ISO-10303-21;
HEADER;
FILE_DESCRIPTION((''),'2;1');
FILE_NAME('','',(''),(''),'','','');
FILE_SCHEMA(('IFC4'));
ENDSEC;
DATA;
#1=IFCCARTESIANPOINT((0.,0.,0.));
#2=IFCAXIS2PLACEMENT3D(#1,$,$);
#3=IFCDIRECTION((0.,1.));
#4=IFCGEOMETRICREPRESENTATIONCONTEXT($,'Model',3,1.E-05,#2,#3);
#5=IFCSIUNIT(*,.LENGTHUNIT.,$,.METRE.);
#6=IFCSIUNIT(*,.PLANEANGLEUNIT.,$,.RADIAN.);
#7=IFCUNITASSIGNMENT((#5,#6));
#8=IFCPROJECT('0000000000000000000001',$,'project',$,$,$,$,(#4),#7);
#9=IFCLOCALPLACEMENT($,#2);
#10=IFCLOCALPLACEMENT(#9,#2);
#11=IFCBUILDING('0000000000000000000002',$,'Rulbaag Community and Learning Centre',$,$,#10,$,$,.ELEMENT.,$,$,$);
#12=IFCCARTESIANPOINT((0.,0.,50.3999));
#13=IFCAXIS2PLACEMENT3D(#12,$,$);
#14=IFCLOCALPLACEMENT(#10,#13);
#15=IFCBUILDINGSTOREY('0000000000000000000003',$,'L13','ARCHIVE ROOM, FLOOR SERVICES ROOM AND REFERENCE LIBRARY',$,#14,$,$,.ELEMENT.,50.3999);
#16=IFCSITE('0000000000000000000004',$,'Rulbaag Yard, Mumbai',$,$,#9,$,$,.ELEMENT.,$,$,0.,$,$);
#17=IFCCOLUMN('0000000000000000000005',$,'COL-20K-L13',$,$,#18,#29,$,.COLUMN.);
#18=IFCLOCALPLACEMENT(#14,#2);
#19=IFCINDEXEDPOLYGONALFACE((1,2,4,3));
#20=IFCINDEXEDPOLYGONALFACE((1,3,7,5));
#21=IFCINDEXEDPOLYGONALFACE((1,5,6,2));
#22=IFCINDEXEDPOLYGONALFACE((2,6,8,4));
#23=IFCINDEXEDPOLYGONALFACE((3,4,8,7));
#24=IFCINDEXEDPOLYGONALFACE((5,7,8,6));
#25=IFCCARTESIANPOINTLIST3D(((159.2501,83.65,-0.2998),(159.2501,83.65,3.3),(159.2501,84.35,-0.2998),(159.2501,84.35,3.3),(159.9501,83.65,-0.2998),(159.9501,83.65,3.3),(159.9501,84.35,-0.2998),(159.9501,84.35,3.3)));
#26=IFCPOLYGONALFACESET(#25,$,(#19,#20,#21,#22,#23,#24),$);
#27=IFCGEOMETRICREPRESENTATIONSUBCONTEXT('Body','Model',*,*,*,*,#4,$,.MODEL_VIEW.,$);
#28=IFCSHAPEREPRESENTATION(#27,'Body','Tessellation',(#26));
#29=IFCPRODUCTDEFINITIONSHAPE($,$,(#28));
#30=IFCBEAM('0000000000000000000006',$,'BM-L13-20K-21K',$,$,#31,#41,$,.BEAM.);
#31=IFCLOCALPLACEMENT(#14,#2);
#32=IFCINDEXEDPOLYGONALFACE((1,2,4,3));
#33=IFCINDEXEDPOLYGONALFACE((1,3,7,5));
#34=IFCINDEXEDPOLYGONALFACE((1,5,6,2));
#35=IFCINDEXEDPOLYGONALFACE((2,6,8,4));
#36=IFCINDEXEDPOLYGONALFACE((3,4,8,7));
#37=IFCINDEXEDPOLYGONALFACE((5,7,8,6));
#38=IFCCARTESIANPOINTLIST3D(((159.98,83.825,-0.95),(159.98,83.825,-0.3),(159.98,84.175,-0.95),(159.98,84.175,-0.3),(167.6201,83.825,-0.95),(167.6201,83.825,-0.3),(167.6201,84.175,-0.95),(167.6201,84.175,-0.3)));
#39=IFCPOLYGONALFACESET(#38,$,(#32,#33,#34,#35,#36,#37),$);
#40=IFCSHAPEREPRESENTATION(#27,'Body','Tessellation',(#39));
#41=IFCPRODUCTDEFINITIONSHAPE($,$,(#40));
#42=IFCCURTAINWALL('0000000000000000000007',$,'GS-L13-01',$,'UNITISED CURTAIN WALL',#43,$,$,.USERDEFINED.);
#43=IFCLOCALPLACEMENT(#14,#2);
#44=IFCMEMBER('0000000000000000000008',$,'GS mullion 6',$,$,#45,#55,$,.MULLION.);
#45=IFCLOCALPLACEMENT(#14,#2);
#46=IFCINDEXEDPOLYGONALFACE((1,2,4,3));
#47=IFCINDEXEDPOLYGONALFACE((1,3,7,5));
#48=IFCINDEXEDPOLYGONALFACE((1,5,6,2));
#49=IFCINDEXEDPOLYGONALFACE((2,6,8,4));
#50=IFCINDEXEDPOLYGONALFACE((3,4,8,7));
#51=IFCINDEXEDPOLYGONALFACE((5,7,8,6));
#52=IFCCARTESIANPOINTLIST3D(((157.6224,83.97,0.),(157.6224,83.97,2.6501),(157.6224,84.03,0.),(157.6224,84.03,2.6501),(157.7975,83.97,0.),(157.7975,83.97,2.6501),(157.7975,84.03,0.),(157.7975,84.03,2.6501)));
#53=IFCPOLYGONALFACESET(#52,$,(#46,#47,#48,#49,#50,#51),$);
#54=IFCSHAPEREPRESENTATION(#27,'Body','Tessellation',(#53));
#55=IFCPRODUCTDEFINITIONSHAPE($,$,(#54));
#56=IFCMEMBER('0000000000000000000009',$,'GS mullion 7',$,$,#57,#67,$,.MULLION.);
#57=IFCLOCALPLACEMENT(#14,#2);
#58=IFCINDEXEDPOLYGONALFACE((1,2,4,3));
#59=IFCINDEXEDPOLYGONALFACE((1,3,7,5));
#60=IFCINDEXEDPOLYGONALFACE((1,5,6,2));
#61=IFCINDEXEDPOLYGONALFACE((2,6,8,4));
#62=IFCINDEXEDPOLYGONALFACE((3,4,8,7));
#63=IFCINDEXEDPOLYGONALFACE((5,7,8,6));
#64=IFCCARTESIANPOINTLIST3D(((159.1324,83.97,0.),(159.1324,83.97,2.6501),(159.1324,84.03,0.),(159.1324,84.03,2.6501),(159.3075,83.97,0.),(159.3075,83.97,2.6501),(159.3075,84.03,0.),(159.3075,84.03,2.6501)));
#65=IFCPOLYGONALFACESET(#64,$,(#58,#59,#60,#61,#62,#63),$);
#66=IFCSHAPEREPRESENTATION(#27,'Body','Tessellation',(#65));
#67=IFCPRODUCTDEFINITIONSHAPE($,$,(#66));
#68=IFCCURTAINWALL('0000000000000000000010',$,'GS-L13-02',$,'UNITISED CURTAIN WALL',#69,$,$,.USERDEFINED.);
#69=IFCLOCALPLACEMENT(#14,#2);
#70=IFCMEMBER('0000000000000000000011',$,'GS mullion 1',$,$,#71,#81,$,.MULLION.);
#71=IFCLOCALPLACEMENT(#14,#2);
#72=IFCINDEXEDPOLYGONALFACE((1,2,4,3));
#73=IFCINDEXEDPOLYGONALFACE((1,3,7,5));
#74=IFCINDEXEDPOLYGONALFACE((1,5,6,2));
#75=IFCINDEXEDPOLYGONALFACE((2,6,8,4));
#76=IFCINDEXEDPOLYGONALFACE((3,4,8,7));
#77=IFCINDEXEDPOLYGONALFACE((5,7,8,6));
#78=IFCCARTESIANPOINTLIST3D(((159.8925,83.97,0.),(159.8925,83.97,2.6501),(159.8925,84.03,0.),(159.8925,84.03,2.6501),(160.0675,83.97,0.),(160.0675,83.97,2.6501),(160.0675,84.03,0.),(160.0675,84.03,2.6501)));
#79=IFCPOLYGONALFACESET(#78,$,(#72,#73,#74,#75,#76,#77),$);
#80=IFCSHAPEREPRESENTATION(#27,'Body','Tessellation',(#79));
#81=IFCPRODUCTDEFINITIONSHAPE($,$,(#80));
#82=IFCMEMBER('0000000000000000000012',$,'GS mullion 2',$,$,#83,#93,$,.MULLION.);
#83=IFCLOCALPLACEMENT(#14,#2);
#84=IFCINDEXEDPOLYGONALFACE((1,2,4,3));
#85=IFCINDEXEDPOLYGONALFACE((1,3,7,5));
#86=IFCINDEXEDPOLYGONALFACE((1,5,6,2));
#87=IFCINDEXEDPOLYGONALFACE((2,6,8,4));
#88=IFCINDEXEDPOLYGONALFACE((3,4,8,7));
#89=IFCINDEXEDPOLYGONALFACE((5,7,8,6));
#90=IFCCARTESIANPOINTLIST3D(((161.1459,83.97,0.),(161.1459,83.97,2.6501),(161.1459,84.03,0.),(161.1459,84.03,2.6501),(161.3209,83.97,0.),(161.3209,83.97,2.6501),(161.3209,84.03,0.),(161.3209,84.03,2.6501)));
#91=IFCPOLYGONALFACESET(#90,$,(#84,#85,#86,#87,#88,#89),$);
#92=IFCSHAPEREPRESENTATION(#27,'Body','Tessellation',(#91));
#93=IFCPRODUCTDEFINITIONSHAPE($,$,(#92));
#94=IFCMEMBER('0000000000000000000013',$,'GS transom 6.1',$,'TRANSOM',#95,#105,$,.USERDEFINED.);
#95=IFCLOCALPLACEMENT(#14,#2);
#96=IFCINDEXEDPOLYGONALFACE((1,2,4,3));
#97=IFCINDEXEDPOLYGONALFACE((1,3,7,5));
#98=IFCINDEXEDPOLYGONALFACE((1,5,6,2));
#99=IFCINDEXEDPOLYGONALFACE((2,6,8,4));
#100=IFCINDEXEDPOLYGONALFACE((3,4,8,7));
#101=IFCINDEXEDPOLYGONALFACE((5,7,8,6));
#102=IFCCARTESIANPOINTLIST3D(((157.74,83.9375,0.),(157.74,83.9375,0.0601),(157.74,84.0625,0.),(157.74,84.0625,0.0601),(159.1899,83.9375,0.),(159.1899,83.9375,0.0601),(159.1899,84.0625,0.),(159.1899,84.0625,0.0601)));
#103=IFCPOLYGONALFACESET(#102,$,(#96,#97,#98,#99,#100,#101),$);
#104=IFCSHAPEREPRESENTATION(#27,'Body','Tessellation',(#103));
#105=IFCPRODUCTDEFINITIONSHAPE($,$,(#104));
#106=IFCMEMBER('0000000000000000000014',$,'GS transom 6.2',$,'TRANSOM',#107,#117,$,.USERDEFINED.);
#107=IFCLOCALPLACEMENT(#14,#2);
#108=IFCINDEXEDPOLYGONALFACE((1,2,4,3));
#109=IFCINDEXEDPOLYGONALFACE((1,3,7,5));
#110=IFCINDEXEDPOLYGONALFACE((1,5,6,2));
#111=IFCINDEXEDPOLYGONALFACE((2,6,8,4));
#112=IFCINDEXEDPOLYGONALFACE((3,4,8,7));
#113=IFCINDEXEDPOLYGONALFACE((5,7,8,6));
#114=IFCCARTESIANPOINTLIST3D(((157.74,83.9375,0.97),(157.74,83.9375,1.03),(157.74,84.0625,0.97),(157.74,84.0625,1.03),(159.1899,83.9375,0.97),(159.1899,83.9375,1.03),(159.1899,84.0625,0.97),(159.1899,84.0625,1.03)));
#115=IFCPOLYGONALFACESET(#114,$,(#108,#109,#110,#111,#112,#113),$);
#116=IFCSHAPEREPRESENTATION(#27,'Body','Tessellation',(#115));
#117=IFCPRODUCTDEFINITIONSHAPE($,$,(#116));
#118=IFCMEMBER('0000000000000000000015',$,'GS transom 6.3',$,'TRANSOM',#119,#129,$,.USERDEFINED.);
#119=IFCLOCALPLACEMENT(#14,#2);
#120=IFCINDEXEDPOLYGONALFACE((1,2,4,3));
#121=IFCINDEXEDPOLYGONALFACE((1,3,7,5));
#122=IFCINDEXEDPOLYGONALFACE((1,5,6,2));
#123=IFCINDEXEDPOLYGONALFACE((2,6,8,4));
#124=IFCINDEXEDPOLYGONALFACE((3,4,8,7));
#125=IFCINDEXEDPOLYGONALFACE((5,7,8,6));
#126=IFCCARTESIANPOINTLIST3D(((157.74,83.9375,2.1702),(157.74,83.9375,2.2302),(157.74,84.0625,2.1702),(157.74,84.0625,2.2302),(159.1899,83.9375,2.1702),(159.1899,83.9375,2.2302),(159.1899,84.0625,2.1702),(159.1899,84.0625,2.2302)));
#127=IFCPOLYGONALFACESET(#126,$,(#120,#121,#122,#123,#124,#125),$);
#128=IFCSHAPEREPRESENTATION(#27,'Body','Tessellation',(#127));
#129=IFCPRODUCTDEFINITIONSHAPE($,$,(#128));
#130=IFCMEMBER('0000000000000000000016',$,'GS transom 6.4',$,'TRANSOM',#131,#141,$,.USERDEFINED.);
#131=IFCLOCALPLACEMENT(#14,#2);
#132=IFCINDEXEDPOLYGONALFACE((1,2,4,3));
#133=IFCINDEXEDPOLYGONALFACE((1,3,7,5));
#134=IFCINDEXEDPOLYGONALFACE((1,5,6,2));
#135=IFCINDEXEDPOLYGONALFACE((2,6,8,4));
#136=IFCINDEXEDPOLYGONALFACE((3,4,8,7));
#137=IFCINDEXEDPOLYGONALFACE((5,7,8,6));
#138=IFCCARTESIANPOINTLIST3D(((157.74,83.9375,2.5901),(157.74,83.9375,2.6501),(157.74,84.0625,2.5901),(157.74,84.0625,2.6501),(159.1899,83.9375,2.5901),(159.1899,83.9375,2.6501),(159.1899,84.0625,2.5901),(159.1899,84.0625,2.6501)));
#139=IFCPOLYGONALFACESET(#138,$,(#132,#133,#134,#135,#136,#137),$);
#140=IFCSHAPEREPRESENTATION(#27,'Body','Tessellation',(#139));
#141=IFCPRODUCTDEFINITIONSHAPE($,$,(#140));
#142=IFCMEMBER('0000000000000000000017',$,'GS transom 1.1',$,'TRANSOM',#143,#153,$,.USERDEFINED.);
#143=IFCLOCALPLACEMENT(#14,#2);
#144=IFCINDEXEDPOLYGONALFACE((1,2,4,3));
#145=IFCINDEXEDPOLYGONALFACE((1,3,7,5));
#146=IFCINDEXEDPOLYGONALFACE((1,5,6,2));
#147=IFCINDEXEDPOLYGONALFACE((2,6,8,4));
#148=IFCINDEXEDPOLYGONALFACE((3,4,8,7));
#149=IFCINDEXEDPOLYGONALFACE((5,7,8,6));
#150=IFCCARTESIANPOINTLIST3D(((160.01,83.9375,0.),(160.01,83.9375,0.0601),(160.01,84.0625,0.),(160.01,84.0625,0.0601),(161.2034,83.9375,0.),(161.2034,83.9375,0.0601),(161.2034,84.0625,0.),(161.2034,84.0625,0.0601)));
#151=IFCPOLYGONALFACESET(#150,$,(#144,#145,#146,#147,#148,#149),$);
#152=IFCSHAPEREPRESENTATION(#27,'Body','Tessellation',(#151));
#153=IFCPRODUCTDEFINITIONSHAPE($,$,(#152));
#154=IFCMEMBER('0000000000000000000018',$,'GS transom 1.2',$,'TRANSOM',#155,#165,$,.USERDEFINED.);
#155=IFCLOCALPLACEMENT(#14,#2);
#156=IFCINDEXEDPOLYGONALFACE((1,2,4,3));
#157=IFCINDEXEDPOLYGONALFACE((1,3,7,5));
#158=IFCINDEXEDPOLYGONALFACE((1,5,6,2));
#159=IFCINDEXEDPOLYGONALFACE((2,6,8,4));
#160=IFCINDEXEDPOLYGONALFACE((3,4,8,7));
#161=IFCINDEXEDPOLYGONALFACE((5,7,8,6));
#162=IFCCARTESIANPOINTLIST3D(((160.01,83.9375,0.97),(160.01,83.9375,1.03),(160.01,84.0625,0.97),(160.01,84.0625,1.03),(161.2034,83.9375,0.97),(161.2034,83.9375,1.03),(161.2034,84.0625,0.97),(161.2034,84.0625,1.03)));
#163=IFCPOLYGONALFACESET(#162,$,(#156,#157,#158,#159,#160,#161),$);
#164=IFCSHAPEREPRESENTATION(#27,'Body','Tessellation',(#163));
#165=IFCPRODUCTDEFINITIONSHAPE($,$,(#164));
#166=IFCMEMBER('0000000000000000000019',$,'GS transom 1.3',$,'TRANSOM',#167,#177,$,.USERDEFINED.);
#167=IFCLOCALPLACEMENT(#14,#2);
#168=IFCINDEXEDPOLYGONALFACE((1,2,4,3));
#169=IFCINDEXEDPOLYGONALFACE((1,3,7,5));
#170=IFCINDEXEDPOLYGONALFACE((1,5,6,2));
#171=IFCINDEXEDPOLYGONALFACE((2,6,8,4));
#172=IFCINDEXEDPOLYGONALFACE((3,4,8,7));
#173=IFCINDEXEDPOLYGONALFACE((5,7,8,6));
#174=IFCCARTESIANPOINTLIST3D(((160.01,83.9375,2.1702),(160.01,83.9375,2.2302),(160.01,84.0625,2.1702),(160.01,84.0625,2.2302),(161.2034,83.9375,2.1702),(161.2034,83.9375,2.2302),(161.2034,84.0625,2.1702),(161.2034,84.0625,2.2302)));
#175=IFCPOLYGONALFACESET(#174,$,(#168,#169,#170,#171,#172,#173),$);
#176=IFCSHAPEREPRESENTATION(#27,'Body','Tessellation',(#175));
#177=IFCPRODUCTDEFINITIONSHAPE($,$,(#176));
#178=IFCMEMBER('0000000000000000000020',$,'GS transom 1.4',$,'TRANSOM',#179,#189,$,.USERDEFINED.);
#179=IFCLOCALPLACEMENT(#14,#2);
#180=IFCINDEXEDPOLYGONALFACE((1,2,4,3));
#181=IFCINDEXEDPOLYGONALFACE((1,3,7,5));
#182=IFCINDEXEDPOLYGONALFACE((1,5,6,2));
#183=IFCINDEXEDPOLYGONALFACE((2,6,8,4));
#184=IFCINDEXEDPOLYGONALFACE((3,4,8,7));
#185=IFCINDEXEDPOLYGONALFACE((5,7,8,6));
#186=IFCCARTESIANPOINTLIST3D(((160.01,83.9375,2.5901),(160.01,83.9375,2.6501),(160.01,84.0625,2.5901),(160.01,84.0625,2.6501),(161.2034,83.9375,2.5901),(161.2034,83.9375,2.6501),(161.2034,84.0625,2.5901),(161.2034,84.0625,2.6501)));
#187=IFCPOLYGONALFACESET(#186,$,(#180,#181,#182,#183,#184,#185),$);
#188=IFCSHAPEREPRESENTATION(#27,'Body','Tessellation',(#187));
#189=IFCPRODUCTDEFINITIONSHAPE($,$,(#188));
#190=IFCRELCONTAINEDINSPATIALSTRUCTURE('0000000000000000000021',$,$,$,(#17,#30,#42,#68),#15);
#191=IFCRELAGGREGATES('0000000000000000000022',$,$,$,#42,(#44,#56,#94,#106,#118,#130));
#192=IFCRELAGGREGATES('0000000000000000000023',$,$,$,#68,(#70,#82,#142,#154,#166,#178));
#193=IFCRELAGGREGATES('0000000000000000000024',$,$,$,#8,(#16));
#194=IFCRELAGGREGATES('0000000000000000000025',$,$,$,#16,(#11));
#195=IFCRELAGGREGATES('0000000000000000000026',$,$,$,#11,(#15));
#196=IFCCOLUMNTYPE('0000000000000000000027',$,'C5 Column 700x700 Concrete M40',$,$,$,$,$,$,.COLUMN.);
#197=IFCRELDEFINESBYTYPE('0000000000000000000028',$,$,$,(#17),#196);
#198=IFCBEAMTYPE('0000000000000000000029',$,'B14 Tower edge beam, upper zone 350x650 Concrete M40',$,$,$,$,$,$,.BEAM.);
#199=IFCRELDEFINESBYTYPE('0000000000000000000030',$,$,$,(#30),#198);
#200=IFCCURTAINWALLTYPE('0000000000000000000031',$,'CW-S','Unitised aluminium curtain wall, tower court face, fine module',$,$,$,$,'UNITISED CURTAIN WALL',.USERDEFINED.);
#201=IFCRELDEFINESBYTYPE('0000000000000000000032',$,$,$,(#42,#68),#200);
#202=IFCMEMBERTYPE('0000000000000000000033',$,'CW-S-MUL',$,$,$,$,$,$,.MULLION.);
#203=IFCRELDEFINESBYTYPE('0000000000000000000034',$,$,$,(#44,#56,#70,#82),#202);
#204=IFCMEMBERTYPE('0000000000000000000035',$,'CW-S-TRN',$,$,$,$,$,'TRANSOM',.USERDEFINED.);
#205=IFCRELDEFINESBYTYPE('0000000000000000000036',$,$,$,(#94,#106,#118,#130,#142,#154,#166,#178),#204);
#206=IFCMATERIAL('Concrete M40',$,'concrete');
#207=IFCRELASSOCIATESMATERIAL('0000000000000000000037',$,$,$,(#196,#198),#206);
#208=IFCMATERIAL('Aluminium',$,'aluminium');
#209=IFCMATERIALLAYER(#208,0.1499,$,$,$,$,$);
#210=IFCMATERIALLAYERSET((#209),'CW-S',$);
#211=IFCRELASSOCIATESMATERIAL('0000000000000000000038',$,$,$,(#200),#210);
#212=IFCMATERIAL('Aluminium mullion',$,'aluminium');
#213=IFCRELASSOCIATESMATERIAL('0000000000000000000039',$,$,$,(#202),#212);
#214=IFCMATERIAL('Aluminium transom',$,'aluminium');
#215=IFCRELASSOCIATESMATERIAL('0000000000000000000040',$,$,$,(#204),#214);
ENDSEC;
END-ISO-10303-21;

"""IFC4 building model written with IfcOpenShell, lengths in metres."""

from ifc_helpers import new_model, si_unit, direction, frame, origin, origin_2d, place, context, subcontext, project, spatial, rectangle, extrude, material, layer, layer_set, material_profile, profile_set, type_object, element, aggregate, save


model = new_model("IFC4")

# Units and contexts
model_context = context("Model", 3, precision=1e-05, world=origin(), true_north=direction((0.0, 1.0)))
body_context = subcontext(model_context, "Body", "Model", "MODEL_VIEW")
ifc_project = project(units=[si_unit("LENGTHUNIT", "METRE"), si_unit("PLANEANGLEUNIT", "RADIAN")], contexts=[model_context])

# Site, building, storey
site_placement = place(None, origin())
site = spatial("IfcSite", under=ifc_project, at=site_placement, Name="Rulbaag Yard, Mumbai", CompositionType="ELEMENT", RefElevation=0.0)
building_placement = place(site_placement, origin())
building = spatial("IfcBuilding", under=site, at=building_placement, Name="Rulbaag Community and Learning Centre", CompositionType="ELEMENT")
storey_placement = place(building_placement, frame((0.0, 0.0, 50.3999)))
storey = spatial("IfcBuildingStorey", under=building, at=storey_placement, Name="L13", Description="ARCHIVE ROOM, FLOOR SERVICES ROOM AND REFERENCE LIBRARY", CompositionType="ELEMENT", Elevation=50.3999)

# Column
ifc_material_1 = material(Name="Concrete M40", Category="concrete")
ifc_material_profile_1 = material_profile(ifc_material_1, rectangle(XDim=0.7, YDim=0.7, at=origin_2d()), Name="RC700x700")
ifc_profile_set_1 = profile_set([ifc_material_profile_1], Name="Concrete M40")
column_type = type_object("IfcColumnType", Name="C5 Column 700x700 Concrete M40", PredefinedType="COLUMN", material=ifc_profile_set_1)
column_placement = place(storey_placement, frame((159.6001, 84.0, -0.2998), z_axis=(0.0, 0.0, 1.0), x_axis=(1.0, 0.0, 0.0)))
element("IfcColumn", 1, at=column_placement, inside=storey, type_object=column_type, Name="COL-20K-L13", PredefinedType="COLUMN", context=body_context, shape_type="SweptSolid", body=[
    extrude(rectangle(XDim=0.7, YDim=0.7, at=origin_2d()), origin(), (0.0, 0.0, 1.0), 3.5999),
])

# Beam
ifc_material_profile_2 = material_profile(ifc_material_1, rectangle(XDim=0.3501, YDim=0.6499, at=origin_2d()), Name="RB350x650")
ifc_profile_set_2 = profile_set([ifc_material_profile_2], Name="Concrete M40")
beam_type = type_object("IfcBeamType", Name="B14 Tower edge beam, upper zone 350x650 Concrete M40", PredefinedType="BEAM", material=ifc_profile_set_2)
beam_placement = place(storey_placement, frame((159.98, 84.0, -0.625), z_axis=(1.0, 0.0, 0.0), x_axis=(0.0, 1.0, 0.0)))
element("IfcBeam", 2, at=beam_placement, inside=storey, type_object=beam_type, Name="BM-L13-20K-21K", PredefinedType="BEAM", context=body_context, shape_type="SweptSolid", body=[
    extrude(rectangle(XDim=0.3501, YDim=0.6499, at=origin_2d()), origin(), (0.0, 0.0, 1.0), 7.6401),
])

# Curtain walls, members
ifc_material_2 = material(Name="Aluminium", Category="aluminium")
ifc_layer_1 = layer(ifc_material_2, 0.1499)
ifc_layer_set_1 = layer_set([ifc_layer_1], Name="CW-S")
curtain_wall_type = type_object("IfcCurtainWallType", Name="CW-S", Description="Unitised aluminium curtain wall, tower court face, fine module", ElementType="UNITISED CURTAIN WALL", PredefinedType="USERDEFINED", material=ifc_layer_set_1)
curtain_wall_1_placement = place(storey_placement, origin())
curtain_wall_1 = element("IfcCurtainWall", 3, at=curtain_wall_1_placement, inside=storey, type_object=curtain_wall_type, Name="GS-L13-01", ObjectType="UNITISED CURTAIN WALL", PredefinedType="USERDEFINED")
ifc_material_3 = material(Name="Aluminium mullion", Category="aluminium")
ifc_material_profile_3 = material_profile(ifc_material_3, rectangle(XDim=0.0601, YDim=0.175, at=origin_2d()), Name="AL 60x175")
ifc_profile_set_3 = profile_set([ifc_material_profile_3], Name="Aluminium mullion")
member_type_1 = type_object("IfcMemberType", Name="CW-S-MUL", PredefinedType="MULLION", material=ifc_profile_set_3)
member_1_placement = place(storey_placement, frame((157.71, 84.0, 0.0), z_axis=(0.0, 0.0, 1.0), x_axis=(0.0, 1.0, 0.0)))
member_1 = element("IfcMember", 4, at=member_1_placement, type_object=member_type_1, Name="GS mullion 6", PredefinedType="MULLION", context=body_context, shape_type="SweptSolid", body=[
    extrude(rectangle(XDim=0.0601, YDim=0.175, at=origin_2d()), origin(), (0.0, 0.0, 1.0), 2.6501),
])
member_2_placement = place(storey_placement, frame((159.22, 84.0, 0.0), z_axis=(0.0, 0.0, 1.0), x_axis=(0.0, 1.0, 0.0)))
member_2 = element("IfcMember", 5, at=member_2_placement, type_object=member_type_1, Name="GS mullion 7", PredefinedType="MULLION", context=body_context, shape_type="SweptSolid", body=[
    extrude(rectangle(XDim=0.0601, YDim=0.175, at=origin_2d()), origin(), (0.0, 0.0, 1.0), 2.6501),
])
curtain_wall_2_placement = place(storey_placement, origin())
curtain_wall_2 = element("IfcCurtainWall", 6, at=curtain_wall_2_placement, inside=storey, type_object=curtain_wall_type, Name="GS-L13-02", ObjectType="UNITISED CURTAIN WALL", PredefinedType="USERDEFINED")
member_3_placement = place(storey_placement, frame((159.98, 84.0, 0.0), z_axis=(0.0, 0.0, 1.0), x_axis=(0.0, 1.0, 0.0)))
member_3 = element("IfcMember", 7, at=member_3_placement, type_object=member_type_1, Name="GS mullion 1", PredefinedType="MULLION", context=body_context, shape_type="SweptSolid", body=[
    extrude(rectangle(XDim=0.0601, YDim=0.175, at=origin_2d()), origin(), (0.0, 0.0, 1.0), 2.6501),
])
member_4_placement = place(storey_placement, frame((161.2334, 84.0, 0.0), z_axis=(0.0, 0.0, 1.0), x_axis=(0.0, 1.0, 0.0)))
member_4 = element("IfcMember", 8, at=member_4_placement, type_object=member_type_1, Name="GS mullion 2", PredefinedType="MULLION", context=body_context, shape_type="SweptSolid", body=[
    extrude(rectangle(XDim=0.0601, YDim=0.175, at=origin_2d()), origin(), (0.0, 0.0, 1.0), 2.6501),
])

# Members
ifc_material_4 = material(Name="Aluminium transom", Category="aluminium")
ifc_material_profile_4 = material_profile(ifc_material_4, rectangle(XDim=0.125, YDim=0.0601, at=origin_2d()), Name="AL 60x125 T")
ifc_profile_set_4 = profile_set([ifc_material_profile_4], Name="Aluminium transom")
member_type_2 = type_object("IfcMemberType", Name="CW-S-TRN", ElementType="TRANSOM", PredefinedType="USERDEFINED", material=ifc_profile_set_4)
member_5_placement = place(storey_placement, frame((157.74, 84.0, 0.03), z_axis=(1.0, 0.0, 0.0), x_axis=(0.0, 1.0, 0.0)))
member_5 = element("IfcMember", 9, at=member_5_placement, type_object=member_type_2, Name="GS transom 6.1", ObjectType="TRANSOM", PredefinedType="USERDEFINED", context=body_context, shape_type="SweptSolid", body=[
    extrude(rectangle(XDim=0.125, YDim=0.0601, at=origin_2d()), origin(), (0.0, 0.0, 1.0), 1.45),
])
member_6_placement = place(storey_placement, frame((157.74, 84.0, 1.0), z_axis=(1.0, 0.0, 0.0), x_axis=(0.0, 1.0, 0.0)))
member_6 = element("IfcMember", 10, at=member_6_placement, type_object=member_type_2, Name="GS transom 6.2", ObjectType="TRANSOM", PredefinedType="USERDEFINED", context=body_context, shape_type="SweptSolid", body=[
    extrude(rectangle(XDim=0.125, YDim=0.0601, at=origin_2d()), origin(), (0.0, 0.0, 1.0), 1.45),
])
member_7_placement = place(storey_placement, frame((157.74, 84.0, 2.2002), z_axis=(1.0, 0.0, 0.0), x_axis=(0.0, 1.0, 0.0)))
member_7 = element("IfcMember", 11, at=member_7_placement, type_object=member_type_2, Name="GS transom 6.3", ObjectType="TRANSOM", PredefinedType="USERDEFINED", context=body_context, shape_type="SweptSolid", body=[
    extrude(rectangle(XDim=0.125, YDim=0.0601, at=origin_2d()), origin(), (0.0, 0.0, 1.0), 1.45),
])
member_8_placement = place(storey_placement, frame((157.74, 84.0, 2.6201), z_axis=(1.0, 0.0, 0.0), x_axis=(0.0, 1.0, 0.0)))
member_8 = element("IfcMember", 12, at=member_8_placement, type_object=member_type_2, Name="GS transom 6.4", ObjectType="TRANSOM", PredefinedType="USERDEFINED", context=body_context, shape_type="SweptSolid", body=[
    extrude(rectangle(XDim=0.125, YDim=0.0601, at=origin_2d()), origin(), (0.0, 0.0, 1.0), 1.45),
])
member_9_placement = place(storey_placement, frame((160.01, 84.0, 0.03), z_axis=(1.0, 0.0, 0.0), x_axis=(0.0, 1.0, 0.0)))
member_9 = element("IfcMember", 13, at=member_9_placement, type_object=member_type_2, Name="GS transom 1.1", ObjectType="TRANSOM", PredefinedType="USERDEFINED", context=body_context, shape_type="SweptSolid", body=[
    extrude(rectangle(XDim=0.125, YDim=0.0601, at=origin_2d()), origin(), (0.0, 0.0, 1.0), 1.1934),
])
member_10_placement = place(storey_placement, frame((160.01, 84.0, 1.0), z_axis=(1.0, 0.0, 0.0), x_axis=(0.0, 1.0, 0.0)))
member_10 = element("IfcMember", 14, at=member_10_placement, type_object=member_type_2, Name="GS transom 1.2", ObjectType="TRANSOM", PredefinedType="USERDEFINED", context=body_context, shape_type="SweptSolid", body=[
    extrude(rectangle(XDim=0.125, YDim=0.0601, at=origin_2d()), origin(), (0.0, 0.0, 1.0), 1.1934),
])
member_11_placement = place(storey_placement, frame((160.01, 84.0, 2.2002), z_axis=(1.0, 0.0, 0.0), x_axis=(0.0, 1.0, 0.0)))
member_11 = element("IfcMember", 15, at=member_11_placement, type_object=member_type_2, Name="GS transom 1.3", ObjectType="TRANSOM", PredefinedType="USERDEFINED", context=body_context, shape_type="SweptSolid", body=[
    extrude(rectangle(XDim=0.125, YDim=0.0601, at=origin_2d()), origin(), (0.0, 0.0, 1.0), 1.1934),
])
member_12_placement = place(storey_placement, frame((160.01, 84.0, 2.6201), z_axis=(1.0, 0.0, 0.0), x_axis=(0.0, 1.0, 0.0)))
member_12 = element("IfcMember", 16, at=member_12_placement, type_object=member_type_2, Name="GS transom 1.4", ObjectType="TRANSOM", PredefinedType="USERDEFINED", context=body_context, shape_type="SweptSolid", body=[
    extrude(rectangle(XDim=0.125, YDim=0.0601, at=origin_2d()), origin(), (0.0, 0.0, 1.0), 1.1934),
])

aggregate(curtain_wall_1, [member_1, member_2, member_5, member_6, member_7, member_8])
aggregate(curtain_wall_2, [member_3, member_4, member_9, member_10, member_11, member_12])

save(model, "model.ifc")
